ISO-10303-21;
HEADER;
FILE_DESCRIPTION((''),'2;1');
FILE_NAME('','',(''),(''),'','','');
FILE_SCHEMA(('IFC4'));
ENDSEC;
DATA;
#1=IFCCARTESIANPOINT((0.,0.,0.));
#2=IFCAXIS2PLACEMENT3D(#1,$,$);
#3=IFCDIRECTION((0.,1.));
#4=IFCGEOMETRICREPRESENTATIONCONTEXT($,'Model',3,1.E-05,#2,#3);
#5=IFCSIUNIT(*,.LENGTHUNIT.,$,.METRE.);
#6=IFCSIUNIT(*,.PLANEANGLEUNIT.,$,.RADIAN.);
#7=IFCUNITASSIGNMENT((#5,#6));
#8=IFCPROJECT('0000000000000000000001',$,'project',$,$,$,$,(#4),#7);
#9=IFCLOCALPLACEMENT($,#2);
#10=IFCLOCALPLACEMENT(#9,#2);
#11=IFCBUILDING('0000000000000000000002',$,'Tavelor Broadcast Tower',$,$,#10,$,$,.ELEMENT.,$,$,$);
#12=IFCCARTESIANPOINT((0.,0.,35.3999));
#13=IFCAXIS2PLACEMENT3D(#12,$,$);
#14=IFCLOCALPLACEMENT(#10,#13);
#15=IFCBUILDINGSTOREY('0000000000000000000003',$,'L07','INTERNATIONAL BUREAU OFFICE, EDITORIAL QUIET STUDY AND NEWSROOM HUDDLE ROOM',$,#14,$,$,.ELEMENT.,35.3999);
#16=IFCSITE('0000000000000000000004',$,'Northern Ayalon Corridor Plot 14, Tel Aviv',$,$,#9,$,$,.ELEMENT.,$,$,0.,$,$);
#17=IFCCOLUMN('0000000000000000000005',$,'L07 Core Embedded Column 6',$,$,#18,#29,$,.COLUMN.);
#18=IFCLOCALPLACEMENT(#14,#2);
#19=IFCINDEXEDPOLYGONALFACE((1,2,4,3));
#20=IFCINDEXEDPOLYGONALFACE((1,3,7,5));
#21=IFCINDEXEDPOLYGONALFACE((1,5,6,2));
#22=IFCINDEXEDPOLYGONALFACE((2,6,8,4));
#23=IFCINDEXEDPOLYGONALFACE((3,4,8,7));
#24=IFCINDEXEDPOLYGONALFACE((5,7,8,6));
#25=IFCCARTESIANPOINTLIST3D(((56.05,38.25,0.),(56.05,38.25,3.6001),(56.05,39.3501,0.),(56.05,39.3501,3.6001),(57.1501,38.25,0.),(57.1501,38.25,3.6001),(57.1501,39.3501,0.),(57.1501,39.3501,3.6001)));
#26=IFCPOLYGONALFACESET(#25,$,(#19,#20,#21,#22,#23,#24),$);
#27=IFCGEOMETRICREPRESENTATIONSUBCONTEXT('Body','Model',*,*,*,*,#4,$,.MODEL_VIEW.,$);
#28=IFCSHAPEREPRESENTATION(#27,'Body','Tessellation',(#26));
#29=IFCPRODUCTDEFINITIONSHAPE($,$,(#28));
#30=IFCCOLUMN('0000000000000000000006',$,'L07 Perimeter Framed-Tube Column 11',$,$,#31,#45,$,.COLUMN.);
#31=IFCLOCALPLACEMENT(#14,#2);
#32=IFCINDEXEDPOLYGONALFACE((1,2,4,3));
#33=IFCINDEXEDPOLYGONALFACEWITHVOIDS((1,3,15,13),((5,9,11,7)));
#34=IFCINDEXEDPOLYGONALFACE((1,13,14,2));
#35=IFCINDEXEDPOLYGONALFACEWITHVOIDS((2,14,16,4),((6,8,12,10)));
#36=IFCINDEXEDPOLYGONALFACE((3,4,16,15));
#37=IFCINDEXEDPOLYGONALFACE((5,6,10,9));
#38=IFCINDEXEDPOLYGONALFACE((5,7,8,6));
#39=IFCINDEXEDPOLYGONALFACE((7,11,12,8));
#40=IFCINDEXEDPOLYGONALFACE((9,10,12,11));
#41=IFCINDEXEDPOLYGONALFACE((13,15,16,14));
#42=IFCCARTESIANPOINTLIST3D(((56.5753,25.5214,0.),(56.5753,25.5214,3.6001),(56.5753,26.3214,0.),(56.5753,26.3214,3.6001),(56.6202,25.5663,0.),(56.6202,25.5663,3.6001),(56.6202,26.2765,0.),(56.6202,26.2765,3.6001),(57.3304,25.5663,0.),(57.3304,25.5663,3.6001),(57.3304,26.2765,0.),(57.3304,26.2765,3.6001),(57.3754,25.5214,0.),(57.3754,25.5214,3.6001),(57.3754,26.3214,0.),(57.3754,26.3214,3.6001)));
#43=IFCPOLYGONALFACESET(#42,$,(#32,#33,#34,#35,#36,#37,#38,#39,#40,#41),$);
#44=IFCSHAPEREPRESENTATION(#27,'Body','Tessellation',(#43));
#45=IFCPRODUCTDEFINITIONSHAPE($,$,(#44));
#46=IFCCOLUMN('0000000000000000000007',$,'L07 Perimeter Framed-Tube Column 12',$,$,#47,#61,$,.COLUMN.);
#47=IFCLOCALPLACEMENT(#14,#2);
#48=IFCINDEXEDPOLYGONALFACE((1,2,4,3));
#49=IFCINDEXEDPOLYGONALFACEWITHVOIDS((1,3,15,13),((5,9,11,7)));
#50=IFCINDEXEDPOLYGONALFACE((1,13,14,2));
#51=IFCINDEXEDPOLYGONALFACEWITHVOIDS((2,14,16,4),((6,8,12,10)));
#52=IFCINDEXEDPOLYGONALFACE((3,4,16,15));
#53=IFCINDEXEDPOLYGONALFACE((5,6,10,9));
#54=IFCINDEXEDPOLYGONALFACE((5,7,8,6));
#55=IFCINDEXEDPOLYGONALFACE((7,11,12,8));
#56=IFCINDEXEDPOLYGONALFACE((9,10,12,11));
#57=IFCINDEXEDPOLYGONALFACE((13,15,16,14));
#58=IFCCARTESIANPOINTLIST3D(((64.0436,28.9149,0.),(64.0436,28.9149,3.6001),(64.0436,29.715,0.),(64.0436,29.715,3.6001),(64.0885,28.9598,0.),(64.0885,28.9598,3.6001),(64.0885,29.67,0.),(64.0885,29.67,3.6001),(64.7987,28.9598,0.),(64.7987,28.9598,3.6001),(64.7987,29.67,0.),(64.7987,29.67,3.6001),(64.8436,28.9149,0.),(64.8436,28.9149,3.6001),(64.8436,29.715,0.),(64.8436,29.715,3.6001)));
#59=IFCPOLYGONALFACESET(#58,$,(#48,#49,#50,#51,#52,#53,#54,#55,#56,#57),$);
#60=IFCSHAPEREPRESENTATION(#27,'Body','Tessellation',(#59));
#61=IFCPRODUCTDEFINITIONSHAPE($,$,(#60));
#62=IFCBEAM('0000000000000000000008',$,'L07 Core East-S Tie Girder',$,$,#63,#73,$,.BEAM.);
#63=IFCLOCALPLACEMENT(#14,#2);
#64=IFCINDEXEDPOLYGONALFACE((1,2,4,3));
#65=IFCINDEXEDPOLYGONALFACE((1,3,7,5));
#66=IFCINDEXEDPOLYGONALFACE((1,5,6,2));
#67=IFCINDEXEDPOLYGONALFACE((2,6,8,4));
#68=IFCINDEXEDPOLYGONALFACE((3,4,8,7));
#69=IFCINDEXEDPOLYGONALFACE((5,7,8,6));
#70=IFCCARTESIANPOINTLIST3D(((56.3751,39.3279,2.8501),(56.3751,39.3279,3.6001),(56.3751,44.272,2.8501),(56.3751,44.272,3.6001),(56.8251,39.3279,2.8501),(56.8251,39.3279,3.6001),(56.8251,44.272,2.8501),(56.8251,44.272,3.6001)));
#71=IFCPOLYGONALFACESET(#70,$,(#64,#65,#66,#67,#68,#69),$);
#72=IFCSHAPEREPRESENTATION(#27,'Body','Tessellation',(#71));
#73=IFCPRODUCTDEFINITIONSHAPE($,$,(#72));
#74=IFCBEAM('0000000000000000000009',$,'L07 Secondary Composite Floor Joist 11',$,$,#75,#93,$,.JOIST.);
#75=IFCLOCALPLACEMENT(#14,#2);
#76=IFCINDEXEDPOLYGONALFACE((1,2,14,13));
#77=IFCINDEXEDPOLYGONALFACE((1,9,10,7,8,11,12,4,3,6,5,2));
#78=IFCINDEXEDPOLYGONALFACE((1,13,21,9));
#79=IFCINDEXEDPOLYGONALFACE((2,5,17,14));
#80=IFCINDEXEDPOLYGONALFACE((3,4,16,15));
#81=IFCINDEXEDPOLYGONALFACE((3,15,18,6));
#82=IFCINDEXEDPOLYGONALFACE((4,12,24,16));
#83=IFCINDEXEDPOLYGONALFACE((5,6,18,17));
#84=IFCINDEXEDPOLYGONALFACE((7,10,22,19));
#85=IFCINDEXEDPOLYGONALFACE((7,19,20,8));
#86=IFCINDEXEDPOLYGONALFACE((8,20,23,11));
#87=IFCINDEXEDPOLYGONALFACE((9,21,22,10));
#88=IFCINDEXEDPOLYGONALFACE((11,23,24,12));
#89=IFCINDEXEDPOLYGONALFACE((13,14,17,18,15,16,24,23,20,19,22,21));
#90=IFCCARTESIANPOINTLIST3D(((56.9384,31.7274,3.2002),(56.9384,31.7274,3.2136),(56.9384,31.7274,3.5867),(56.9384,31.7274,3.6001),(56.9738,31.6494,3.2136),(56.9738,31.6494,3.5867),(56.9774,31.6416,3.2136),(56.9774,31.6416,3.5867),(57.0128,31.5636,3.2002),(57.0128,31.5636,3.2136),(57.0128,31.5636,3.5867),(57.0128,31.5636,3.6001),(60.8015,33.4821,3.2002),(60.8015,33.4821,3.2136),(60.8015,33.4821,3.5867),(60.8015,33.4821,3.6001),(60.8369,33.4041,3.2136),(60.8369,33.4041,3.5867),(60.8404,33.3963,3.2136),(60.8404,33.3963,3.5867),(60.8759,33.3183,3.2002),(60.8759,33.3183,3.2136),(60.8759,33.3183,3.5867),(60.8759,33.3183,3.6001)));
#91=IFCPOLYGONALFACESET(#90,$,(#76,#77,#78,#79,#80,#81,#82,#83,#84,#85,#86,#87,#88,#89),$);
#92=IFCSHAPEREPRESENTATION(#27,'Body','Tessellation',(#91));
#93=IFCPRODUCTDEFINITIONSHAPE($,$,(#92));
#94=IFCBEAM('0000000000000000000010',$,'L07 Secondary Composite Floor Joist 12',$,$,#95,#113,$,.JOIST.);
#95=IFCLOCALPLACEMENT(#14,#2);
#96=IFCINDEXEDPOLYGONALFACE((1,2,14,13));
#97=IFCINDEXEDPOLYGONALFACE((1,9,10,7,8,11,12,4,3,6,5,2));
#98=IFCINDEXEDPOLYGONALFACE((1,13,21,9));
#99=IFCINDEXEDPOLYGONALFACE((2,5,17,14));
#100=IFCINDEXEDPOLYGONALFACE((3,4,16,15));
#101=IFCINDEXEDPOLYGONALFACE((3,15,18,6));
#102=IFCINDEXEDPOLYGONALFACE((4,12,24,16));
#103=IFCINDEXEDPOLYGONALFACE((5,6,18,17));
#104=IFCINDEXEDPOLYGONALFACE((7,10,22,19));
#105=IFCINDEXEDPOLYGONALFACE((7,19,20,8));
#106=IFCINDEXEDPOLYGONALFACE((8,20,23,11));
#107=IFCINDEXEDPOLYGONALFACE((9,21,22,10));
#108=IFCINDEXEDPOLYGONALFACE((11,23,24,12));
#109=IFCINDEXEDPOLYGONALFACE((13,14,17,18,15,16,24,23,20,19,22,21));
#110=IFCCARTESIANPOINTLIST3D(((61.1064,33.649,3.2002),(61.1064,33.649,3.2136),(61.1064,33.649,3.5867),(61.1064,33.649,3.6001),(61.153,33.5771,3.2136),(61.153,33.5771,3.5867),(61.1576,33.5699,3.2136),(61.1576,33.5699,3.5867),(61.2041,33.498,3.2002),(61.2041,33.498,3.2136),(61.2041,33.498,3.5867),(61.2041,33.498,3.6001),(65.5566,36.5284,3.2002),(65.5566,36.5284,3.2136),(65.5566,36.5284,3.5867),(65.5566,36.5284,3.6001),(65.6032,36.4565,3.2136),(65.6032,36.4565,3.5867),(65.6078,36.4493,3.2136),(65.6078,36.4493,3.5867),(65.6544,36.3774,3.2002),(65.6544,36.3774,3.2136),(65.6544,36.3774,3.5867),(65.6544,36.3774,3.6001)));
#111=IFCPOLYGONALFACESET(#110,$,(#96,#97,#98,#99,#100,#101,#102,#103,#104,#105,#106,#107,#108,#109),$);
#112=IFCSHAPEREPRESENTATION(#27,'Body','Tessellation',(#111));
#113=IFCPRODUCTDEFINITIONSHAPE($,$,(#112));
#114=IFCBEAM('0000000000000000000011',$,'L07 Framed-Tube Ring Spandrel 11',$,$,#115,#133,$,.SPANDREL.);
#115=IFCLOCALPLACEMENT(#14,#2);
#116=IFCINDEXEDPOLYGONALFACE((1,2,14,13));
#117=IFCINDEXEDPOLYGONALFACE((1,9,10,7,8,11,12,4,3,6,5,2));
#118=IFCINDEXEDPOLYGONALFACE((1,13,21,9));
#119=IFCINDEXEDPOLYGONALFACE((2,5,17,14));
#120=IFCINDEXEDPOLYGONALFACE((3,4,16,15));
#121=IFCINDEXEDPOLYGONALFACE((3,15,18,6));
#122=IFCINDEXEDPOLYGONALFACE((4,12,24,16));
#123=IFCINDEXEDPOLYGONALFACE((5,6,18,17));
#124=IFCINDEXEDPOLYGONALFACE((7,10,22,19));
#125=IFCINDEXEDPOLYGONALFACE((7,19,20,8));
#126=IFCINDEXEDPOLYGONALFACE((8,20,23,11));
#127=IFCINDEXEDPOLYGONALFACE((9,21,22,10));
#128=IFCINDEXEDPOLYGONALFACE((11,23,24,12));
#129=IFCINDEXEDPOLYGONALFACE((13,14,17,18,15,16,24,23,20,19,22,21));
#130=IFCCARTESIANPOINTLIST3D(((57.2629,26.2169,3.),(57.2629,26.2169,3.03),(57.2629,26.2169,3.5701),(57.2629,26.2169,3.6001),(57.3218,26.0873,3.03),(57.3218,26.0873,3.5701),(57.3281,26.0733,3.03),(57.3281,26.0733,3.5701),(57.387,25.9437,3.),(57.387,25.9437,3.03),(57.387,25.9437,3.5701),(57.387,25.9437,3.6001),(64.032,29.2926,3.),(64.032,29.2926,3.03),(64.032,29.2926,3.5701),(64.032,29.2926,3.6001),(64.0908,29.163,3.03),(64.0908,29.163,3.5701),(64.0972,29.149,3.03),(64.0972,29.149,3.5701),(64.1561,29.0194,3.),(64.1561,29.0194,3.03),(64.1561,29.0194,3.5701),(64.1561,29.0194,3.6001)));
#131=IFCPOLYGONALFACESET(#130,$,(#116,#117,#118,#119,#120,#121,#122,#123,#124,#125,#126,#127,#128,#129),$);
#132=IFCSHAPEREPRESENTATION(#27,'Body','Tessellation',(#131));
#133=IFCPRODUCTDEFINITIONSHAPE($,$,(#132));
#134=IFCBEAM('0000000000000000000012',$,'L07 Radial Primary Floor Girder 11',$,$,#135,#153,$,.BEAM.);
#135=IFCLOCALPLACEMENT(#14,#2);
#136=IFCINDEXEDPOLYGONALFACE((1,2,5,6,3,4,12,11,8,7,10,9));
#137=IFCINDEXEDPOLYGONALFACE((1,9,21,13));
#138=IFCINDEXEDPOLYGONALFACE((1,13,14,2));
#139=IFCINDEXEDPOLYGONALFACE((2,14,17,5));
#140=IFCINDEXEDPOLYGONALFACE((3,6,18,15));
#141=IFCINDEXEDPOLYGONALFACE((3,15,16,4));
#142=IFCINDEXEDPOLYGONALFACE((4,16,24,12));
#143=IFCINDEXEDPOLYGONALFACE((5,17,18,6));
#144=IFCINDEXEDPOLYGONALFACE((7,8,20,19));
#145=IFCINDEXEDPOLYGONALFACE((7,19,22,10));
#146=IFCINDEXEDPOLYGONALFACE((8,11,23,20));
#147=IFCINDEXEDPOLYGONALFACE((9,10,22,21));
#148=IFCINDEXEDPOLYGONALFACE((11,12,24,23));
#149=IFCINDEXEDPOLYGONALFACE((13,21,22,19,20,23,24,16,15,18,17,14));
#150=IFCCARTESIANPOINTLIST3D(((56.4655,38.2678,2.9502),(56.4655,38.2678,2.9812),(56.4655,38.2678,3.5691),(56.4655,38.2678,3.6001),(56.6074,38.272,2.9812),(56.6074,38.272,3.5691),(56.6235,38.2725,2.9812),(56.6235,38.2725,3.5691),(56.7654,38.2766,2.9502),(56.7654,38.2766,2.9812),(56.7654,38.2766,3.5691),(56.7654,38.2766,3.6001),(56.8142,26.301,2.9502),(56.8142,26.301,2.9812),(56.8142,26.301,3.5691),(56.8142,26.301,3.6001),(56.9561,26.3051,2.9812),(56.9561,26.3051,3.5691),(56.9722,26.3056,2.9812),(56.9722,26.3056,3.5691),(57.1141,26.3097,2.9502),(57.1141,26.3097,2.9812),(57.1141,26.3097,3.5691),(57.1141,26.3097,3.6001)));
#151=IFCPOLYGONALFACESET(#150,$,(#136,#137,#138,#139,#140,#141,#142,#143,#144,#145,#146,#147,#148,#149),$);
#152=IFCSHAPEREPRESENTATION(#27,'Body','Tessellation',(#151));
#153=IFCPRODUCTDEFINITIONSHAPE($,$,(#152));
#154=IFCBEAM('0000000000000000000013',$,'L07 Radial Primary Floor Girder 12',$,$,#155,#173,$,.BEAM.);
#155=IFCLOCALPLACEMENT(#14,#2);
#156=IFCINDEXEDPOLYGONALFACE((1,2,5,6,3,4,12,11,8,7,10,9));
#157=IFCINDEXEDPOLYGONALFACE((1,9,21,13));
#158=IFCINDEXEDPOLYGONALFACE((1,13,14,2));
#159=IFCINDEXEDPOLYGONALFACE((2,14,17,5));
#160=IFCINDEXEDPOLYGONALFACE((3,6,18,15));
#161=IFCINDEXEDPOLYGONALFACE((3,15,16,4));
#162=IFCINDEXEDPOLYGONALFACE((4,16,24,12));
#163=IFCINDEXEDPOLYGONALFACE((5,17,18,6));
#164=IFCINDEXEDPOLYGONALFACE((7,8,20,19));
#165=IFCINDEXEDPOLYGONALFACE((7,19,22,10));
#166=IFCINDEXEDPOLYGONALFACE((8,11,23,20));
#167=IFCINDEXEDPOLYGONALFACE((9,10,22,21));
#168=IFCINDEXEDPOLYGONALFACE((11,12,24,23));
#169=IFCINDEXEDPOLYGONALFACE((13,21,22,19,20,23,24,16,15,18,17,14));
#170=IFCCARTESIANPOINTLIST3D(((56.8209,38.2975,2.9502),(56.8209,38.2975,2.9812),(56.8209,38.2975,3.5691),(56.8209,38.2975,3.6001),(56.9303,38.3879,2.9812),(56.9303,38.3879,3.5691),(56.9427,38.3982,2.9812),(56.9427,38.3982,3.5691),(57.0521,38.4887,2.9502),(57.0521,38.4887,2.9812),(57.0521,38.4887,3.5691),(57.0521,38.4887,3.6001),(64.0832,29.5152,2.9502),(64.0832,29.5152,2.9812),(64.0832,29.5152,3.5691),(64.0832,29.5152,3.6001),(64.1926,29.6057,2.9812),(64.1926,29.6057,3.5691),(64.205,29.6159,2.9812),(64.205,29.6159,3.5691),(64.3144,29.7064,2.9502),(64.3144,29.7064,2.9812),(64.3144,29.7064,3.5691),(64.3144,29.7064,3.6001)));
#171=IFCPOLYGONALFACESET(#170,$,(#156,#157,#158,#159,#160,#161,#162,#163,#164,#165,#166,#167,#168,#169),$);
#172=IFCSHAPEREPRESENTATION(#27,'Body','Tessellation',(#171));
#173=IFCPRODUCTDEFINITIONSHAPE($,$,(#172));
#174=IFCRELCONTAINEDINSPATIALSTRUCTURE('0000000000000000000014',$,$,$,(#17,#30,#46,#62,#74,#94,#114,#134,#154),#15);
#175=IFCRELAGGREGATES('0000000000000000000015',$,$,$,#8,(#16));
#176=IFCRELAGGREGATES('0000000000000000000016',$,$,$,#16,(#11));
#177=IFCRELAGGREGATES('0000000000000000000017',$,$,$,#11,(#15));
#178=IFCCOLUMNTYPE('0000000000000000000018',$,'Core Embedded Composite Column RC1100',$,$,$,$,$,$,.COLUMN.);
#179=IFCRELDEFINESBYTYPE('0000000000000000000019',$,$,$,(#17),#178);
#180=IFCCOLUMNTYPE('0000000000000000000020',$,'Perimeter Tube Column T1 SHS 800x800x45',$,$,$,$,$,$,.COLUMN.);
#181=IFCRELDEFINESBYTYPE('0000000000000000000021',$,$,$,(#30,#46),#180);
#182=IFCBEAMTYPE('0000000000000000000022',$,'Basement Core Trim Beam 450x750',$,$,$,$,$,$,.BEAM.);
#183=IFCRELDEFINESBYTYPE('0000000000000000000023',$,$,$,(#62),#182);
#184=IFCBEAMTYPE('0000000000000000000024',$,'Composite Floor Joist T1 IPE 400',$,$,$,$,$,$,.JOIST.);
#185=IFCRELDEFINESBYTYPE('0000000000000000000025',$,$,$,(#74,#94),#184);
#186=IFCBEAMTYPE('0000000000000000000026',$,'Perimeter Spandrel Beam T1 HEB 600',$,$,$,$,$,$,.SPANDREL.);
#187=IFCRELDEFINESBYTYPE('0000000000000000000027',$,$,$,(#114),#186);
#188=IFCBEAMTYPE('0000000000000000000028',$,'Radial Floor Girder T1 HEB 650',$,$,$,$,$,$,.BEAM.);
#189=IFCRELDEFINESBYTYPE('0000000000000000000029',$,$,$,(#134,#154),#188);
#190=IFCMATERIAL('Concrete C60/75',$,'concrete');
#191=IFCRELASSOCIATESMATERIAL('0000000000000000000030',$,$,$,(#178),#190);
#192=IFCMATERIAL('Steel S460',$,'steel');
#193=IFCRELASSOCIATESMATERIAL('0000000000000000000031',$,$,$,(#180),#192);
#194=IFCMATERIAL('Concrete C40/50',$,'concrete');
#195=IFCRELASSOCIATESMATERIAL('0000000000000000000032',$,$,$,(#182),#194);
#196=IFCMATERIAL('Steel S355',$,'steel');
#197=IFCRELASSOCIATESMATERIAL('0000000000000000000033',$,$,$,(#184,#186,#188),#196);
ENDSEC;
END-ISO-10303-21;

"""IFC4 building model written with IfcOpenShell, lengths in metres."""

from ifc_helpers import new_model, si_unit, direction, frame, origin, origin_2d, place, context, subcontext, project, spatial, rectangle, hollow_rectangle, i_section, extrude, material, material_profile, profile_set, type_object, element, save


model = new_model("IFC4")

# Units and contexts
model_context = context("Model", 3, precision=1e-05, world=origin(), true_north=direction((0.0, 1.0)))
body_context = subcontext(model_context, "Body", "Model", "MODEL_VIEW")
ifc_project = project(units=[si_unit("LENGTHUNIT", "METRE"), si_unit("PLANEANGLEUNIT", "RADIAN")], contexts=[model_context])

# Site, building, storey
site_placement = place(None, origin())
site = spatial("IfcSite", under=ifc_project, at=site_placement, Name="Northern Ayalon Corridor Plot 14, Tel Aviv", CompositionType="ELEMENT", RefElevation=0.0)
building_placement = place(site_placement, origin())
building = spatial("IfcBuilding", under=site, at=building_placement, Name="Tavelor Broadcast Tower", CompositionType="ELEMENT")
storey_placement = place(building_placement, frame((0.0, 0.0, 35.3999)))
storey = spatial("IfcBuildingStorey", under=building, at=storey_placement, Name="L07", Description="INTERNATIONAL BUREAU OFFICE, EDITORIAL QUIET STUDY AND NEWSROOM HUDDLE ROOM", CompositionType="ELEMENT", Elevation=35.3999)

# Columns
ifc_material_1 = material(Name="Concrete C60/75", Category="concrete")
ifc_material_profile_1 = material_profile(ifc_material_1, rectangle(XDim=1.1001, YDim=1.1001, at=origin_2d()), Name="RC 1100x1100")
ifc_profile_set_1 = profile_set([ifc_material_profile_1], Name="Concrete C60/75")
column_type_1 = type_object("IfcColumnType", Name="Core Embedded Composite Column RC1100", PredefinedType="COLUMN", material=ifc_profile_set_1)
column_placement = place(storey_placement, frame((56.6001, 38.8, 0.0), z_axis=(0.0, 0.0, 1.0), x_axis=(1.0, 0.0, 0.0)))
element("IfcColumn", 1, at=column_placement, inside=storey, type_object=column_type_1, Name="L07 Core Embedded Column 6", PredefinedType="COLUMN", context=body_context, shape_type="SweptSolid", body=[
    extrude(rectangle(XDim=1.1001, YDim=1.1001, at=origin_2d()), origin(), (0.0, 0.0, 1.0), 3.6001),
])
ifc_material_2 = material(Name="Steel S460", Category="steel")
ifc_material_profile_2 = material_profile(ifc_material_2, hollow_rectangle(XDim=0.8, YDim=0.8, WallThickness=0.0449, at=origin_2d()), Name="SHS 800x800x45")
ifc_profile_set_2 = profile_set([ifc_material_profile_2], Name="Steel S460")
column_type_2 = type_object("IfcColumnType", Name="Perimeter Tube Column T1 SHS 800x800x45", PredefinedType="COLUMN", material=ifc_profile_set_2)
for number, where, z_axis, x_axis, name in (
    (2, (56.9753, 25.9214, 0.0), (0.0, 0.0, 1.0), (1.0, 0.0, 0.0), "L07 Perimeter Framed-Tube Column 11"),
    (3, (64.4436, 29.3149, 0.0), (0.0, 0.0, 1.0), (1.0, 0.0, 0.0), "L07 Perimeter Framed-Tube Column 12"),
):
    element("IfcColumn", number, at=place(storey_placement, frame(where, z_axis=z_axis, x_axis=x_axis)), inside=storey, type_object=column_type_2, Name=name, PredefinedType="COLUMN", context=body_context, shape_type="SweptSolid", body=[
        extrude(hollow_rectangle(XDim=0.8, YDim=0.8, WallThickness=0.0449, at=origin_2d()), origin(), (0.0, 0.0, 1.0), 3.6001),
    ])

# Beams
ifc_material_3 = material(Name="Concrete C40/50", Category="concrete")
ifc_material_profile_3 = material_profile(ifc_material_3, rectangle(XDim=0.45, YDim=0.75, at=origin_2d()), Name="RC 450x750")
ifc_profile_set_3 = profile_set([ifc_material_profile_3], Name="Concrete C40/50")
beam_type_1 = type_object("IfcBeamType", Name="Basement Core Trim Beam 450x750", PredefinedType="BEAM", material=ifc_profile_set_3)
beam_1_placement = place(storey_placement, frame((56.6001, 39.3279, 3.2251), z_axis=(0.0, 1.0, 0.0), x_axis=(-1.0, 0.0, 0.0)))
element("IfcBeam", 4, at=beam_1_placement, inside=storey, type_object=beam_type_1, Name="L07 Core East-S Tie Girder", PredefinedType="BEAM", context=body_context, shape_type="SweptSolid", body=[
    extrude(rectangle(XDim=0.45, YDim=0.75, at=origin_2d()), origin(), (0.0, 0.0, 1.0), 4.9441),
])
ifc_material_4 = material(Name="Steel S355", Category="steel")
ifc_material_profile_4 = material_profile(ifc_material_4, i_section(OverallWidth=0.1799, OverallDepth=0.3999, WebThickness=0.0085, FlangeThickness=0.0134, at=origin_2d()), Name="IPE 400")
ifc_profile_set_4 = profile_set([ifc_material_profile_4], Name="Steel S355")
beam_type_2 = type_object("IfcBeamType", Name="Composite Floor Joist T1 IPE 400", PredefinedType="JOIST", material=ifc_profile_set_4)
beam_2_placement = place(storey_placement, frame((56.9756, 31.6455, 3.4001), z_axis=(0.910481, 0.413551, 0.0), x_axis=(-0.413551, 0.910481, 0.0)))
element("IfcBeam", 5, at=beam_2_placement, inside=storey, type_object=beam_type_2, Name="L07 Secondary Composite Floor Joist 11", PredefinedType="JOIST", context=body_context, shape_type="SweptSolid", body=[
    extrude(i_section(OverallWidth=0.1799, OverallDepth=0.3999, WebThickness=0.0085, FlangeThickness=0.0134, at=origin_2d()), origin(), (0.0, 0.0, 1.0), 4.2429),
])
beam_3_placement = place(storey_placement, frame((61.1553, 33.5735, 3.4001), z_axis=(0.839583, 0.543232, 0.0), x_axis=(-0.543232, 0.839583, 0.0)))
element("IfcBeam", 6, at=beam_3_placement, inside=storey, type_object=beam_type_2, Name="L07 Secondary Composite Floor Joist 12", PredefinedType="JOIST", context=body_context, shape_type="SweptSolid", body=[
    extrude(i_section(OverallWidth=0.1799, OverallDepth=0.3999, WebThickness=0.0085, FlangeThickness=0.0134, at=origin_2d()), origin(), (0.0, 0.0, 1.0), 5.3005),
])
ifc_material_profile_5 = material_profile(ifc_material_4, i_section(OverallWidth=0.3, OverallDepth=0.6001, WebThickness=0.0154, FlangeThickness=0.03, at=origin_2d()), Name="HEB 600")
ifc_profile_set_5 = profile_set([ifc_material_profile_5], Name="Steel S355")
beam_type_3 = type_object("IfcBeamType", Name="Perimeter Spandrel Beam T1 HEB 600", PredefinedType="SPANDREL", material=ifc_profile_set_5)
beam_4_placement = place(storey_placement, frame((57.325, 26.0803, 3.3), z_axis=(0.910425, 0.413674, 0.0), x_axis=(-0.413674, 0.910425, 0.0)))
element("IfcBeam", 7, at=beam_4_placement, inside=storey, type_object=beam_type_3, Name="L07 Framed-Tube Ring Spandrel 11", PredefinedType="SPANDREL", context=body_context, shape_type="SweptSolid", body=[
    extrude(i_section(OverallWidth=0.3, OverallDepth=0.6001, WebThickness=0.0154, FlangeThickness=0.03, at=origin_2d()), origin(), (0.0, 0.0, 1.0), 7.4351),
])
ifc_material_profile_6 = material_profile(ifc_material_4, i_section(OverallWidth=0.3, OverallDepth=0.6499, WebThickness=0.0161, FlangeThickness=0.031, at=origin_2d()), Name="HEB 650")
ifc_profile_set_6 = profile_set([ifc_material_profile_6], Name="Steel S355")
beam_type_4 = type_object("IfcBeamType", Name="Radial Floor Girder T1 HEB 650", PredefinedType="BEAM", material=ifc_profile_set_6)
beam_5_placement = place(storey_placement, frame((56.6155, 38.2722, 3.2751), z_axis=(0.029121, -0.999576, 0.0), x_axis=(0.999576, 0.029121, 0.0)))
element("IfcBeam", 8, at=beam_5_placement, inside=storey, type_object=beam_type_4, Name="L07 Radial Primary Floor Girder 11", PredefinedType="BEAM", context=body_context, shape_type="SweptSolid", body=[
    extrude(i_section(OverallWidth=0.3, OverallDepth=0.6499, WebThickness=0.0161, FlangeThickness=0.031, at=origin_2d()), origin(), (0.0, 0.0, 1.0), 11.9719),
])
beam_6_placement = place(storey_placement, frame((56.9365, 38.3931, 3.2751), z_axis=(0.637263, -0.770646, 0.0), x_axis=(0.770646, 0.637263, 0.0)))
element("IfcBeam", 9, at=beam_6_placement, inside=storey, type_object=beam_type_4, Name="L07 Radial Primary Floor Girder 12", PredefinedType="BEAM", context=body_context, shape_type="SweptSolid", body=[
    extrude(i_section(OverallWidth=0.3, OverallDepth=0.6499, WebThickness=0.0161, FlangeThickness=0.031, at=origin_2d()), origin(), (0.0, 0.0, 1.0), 11.396),
])

save(model, "model.ifc")
